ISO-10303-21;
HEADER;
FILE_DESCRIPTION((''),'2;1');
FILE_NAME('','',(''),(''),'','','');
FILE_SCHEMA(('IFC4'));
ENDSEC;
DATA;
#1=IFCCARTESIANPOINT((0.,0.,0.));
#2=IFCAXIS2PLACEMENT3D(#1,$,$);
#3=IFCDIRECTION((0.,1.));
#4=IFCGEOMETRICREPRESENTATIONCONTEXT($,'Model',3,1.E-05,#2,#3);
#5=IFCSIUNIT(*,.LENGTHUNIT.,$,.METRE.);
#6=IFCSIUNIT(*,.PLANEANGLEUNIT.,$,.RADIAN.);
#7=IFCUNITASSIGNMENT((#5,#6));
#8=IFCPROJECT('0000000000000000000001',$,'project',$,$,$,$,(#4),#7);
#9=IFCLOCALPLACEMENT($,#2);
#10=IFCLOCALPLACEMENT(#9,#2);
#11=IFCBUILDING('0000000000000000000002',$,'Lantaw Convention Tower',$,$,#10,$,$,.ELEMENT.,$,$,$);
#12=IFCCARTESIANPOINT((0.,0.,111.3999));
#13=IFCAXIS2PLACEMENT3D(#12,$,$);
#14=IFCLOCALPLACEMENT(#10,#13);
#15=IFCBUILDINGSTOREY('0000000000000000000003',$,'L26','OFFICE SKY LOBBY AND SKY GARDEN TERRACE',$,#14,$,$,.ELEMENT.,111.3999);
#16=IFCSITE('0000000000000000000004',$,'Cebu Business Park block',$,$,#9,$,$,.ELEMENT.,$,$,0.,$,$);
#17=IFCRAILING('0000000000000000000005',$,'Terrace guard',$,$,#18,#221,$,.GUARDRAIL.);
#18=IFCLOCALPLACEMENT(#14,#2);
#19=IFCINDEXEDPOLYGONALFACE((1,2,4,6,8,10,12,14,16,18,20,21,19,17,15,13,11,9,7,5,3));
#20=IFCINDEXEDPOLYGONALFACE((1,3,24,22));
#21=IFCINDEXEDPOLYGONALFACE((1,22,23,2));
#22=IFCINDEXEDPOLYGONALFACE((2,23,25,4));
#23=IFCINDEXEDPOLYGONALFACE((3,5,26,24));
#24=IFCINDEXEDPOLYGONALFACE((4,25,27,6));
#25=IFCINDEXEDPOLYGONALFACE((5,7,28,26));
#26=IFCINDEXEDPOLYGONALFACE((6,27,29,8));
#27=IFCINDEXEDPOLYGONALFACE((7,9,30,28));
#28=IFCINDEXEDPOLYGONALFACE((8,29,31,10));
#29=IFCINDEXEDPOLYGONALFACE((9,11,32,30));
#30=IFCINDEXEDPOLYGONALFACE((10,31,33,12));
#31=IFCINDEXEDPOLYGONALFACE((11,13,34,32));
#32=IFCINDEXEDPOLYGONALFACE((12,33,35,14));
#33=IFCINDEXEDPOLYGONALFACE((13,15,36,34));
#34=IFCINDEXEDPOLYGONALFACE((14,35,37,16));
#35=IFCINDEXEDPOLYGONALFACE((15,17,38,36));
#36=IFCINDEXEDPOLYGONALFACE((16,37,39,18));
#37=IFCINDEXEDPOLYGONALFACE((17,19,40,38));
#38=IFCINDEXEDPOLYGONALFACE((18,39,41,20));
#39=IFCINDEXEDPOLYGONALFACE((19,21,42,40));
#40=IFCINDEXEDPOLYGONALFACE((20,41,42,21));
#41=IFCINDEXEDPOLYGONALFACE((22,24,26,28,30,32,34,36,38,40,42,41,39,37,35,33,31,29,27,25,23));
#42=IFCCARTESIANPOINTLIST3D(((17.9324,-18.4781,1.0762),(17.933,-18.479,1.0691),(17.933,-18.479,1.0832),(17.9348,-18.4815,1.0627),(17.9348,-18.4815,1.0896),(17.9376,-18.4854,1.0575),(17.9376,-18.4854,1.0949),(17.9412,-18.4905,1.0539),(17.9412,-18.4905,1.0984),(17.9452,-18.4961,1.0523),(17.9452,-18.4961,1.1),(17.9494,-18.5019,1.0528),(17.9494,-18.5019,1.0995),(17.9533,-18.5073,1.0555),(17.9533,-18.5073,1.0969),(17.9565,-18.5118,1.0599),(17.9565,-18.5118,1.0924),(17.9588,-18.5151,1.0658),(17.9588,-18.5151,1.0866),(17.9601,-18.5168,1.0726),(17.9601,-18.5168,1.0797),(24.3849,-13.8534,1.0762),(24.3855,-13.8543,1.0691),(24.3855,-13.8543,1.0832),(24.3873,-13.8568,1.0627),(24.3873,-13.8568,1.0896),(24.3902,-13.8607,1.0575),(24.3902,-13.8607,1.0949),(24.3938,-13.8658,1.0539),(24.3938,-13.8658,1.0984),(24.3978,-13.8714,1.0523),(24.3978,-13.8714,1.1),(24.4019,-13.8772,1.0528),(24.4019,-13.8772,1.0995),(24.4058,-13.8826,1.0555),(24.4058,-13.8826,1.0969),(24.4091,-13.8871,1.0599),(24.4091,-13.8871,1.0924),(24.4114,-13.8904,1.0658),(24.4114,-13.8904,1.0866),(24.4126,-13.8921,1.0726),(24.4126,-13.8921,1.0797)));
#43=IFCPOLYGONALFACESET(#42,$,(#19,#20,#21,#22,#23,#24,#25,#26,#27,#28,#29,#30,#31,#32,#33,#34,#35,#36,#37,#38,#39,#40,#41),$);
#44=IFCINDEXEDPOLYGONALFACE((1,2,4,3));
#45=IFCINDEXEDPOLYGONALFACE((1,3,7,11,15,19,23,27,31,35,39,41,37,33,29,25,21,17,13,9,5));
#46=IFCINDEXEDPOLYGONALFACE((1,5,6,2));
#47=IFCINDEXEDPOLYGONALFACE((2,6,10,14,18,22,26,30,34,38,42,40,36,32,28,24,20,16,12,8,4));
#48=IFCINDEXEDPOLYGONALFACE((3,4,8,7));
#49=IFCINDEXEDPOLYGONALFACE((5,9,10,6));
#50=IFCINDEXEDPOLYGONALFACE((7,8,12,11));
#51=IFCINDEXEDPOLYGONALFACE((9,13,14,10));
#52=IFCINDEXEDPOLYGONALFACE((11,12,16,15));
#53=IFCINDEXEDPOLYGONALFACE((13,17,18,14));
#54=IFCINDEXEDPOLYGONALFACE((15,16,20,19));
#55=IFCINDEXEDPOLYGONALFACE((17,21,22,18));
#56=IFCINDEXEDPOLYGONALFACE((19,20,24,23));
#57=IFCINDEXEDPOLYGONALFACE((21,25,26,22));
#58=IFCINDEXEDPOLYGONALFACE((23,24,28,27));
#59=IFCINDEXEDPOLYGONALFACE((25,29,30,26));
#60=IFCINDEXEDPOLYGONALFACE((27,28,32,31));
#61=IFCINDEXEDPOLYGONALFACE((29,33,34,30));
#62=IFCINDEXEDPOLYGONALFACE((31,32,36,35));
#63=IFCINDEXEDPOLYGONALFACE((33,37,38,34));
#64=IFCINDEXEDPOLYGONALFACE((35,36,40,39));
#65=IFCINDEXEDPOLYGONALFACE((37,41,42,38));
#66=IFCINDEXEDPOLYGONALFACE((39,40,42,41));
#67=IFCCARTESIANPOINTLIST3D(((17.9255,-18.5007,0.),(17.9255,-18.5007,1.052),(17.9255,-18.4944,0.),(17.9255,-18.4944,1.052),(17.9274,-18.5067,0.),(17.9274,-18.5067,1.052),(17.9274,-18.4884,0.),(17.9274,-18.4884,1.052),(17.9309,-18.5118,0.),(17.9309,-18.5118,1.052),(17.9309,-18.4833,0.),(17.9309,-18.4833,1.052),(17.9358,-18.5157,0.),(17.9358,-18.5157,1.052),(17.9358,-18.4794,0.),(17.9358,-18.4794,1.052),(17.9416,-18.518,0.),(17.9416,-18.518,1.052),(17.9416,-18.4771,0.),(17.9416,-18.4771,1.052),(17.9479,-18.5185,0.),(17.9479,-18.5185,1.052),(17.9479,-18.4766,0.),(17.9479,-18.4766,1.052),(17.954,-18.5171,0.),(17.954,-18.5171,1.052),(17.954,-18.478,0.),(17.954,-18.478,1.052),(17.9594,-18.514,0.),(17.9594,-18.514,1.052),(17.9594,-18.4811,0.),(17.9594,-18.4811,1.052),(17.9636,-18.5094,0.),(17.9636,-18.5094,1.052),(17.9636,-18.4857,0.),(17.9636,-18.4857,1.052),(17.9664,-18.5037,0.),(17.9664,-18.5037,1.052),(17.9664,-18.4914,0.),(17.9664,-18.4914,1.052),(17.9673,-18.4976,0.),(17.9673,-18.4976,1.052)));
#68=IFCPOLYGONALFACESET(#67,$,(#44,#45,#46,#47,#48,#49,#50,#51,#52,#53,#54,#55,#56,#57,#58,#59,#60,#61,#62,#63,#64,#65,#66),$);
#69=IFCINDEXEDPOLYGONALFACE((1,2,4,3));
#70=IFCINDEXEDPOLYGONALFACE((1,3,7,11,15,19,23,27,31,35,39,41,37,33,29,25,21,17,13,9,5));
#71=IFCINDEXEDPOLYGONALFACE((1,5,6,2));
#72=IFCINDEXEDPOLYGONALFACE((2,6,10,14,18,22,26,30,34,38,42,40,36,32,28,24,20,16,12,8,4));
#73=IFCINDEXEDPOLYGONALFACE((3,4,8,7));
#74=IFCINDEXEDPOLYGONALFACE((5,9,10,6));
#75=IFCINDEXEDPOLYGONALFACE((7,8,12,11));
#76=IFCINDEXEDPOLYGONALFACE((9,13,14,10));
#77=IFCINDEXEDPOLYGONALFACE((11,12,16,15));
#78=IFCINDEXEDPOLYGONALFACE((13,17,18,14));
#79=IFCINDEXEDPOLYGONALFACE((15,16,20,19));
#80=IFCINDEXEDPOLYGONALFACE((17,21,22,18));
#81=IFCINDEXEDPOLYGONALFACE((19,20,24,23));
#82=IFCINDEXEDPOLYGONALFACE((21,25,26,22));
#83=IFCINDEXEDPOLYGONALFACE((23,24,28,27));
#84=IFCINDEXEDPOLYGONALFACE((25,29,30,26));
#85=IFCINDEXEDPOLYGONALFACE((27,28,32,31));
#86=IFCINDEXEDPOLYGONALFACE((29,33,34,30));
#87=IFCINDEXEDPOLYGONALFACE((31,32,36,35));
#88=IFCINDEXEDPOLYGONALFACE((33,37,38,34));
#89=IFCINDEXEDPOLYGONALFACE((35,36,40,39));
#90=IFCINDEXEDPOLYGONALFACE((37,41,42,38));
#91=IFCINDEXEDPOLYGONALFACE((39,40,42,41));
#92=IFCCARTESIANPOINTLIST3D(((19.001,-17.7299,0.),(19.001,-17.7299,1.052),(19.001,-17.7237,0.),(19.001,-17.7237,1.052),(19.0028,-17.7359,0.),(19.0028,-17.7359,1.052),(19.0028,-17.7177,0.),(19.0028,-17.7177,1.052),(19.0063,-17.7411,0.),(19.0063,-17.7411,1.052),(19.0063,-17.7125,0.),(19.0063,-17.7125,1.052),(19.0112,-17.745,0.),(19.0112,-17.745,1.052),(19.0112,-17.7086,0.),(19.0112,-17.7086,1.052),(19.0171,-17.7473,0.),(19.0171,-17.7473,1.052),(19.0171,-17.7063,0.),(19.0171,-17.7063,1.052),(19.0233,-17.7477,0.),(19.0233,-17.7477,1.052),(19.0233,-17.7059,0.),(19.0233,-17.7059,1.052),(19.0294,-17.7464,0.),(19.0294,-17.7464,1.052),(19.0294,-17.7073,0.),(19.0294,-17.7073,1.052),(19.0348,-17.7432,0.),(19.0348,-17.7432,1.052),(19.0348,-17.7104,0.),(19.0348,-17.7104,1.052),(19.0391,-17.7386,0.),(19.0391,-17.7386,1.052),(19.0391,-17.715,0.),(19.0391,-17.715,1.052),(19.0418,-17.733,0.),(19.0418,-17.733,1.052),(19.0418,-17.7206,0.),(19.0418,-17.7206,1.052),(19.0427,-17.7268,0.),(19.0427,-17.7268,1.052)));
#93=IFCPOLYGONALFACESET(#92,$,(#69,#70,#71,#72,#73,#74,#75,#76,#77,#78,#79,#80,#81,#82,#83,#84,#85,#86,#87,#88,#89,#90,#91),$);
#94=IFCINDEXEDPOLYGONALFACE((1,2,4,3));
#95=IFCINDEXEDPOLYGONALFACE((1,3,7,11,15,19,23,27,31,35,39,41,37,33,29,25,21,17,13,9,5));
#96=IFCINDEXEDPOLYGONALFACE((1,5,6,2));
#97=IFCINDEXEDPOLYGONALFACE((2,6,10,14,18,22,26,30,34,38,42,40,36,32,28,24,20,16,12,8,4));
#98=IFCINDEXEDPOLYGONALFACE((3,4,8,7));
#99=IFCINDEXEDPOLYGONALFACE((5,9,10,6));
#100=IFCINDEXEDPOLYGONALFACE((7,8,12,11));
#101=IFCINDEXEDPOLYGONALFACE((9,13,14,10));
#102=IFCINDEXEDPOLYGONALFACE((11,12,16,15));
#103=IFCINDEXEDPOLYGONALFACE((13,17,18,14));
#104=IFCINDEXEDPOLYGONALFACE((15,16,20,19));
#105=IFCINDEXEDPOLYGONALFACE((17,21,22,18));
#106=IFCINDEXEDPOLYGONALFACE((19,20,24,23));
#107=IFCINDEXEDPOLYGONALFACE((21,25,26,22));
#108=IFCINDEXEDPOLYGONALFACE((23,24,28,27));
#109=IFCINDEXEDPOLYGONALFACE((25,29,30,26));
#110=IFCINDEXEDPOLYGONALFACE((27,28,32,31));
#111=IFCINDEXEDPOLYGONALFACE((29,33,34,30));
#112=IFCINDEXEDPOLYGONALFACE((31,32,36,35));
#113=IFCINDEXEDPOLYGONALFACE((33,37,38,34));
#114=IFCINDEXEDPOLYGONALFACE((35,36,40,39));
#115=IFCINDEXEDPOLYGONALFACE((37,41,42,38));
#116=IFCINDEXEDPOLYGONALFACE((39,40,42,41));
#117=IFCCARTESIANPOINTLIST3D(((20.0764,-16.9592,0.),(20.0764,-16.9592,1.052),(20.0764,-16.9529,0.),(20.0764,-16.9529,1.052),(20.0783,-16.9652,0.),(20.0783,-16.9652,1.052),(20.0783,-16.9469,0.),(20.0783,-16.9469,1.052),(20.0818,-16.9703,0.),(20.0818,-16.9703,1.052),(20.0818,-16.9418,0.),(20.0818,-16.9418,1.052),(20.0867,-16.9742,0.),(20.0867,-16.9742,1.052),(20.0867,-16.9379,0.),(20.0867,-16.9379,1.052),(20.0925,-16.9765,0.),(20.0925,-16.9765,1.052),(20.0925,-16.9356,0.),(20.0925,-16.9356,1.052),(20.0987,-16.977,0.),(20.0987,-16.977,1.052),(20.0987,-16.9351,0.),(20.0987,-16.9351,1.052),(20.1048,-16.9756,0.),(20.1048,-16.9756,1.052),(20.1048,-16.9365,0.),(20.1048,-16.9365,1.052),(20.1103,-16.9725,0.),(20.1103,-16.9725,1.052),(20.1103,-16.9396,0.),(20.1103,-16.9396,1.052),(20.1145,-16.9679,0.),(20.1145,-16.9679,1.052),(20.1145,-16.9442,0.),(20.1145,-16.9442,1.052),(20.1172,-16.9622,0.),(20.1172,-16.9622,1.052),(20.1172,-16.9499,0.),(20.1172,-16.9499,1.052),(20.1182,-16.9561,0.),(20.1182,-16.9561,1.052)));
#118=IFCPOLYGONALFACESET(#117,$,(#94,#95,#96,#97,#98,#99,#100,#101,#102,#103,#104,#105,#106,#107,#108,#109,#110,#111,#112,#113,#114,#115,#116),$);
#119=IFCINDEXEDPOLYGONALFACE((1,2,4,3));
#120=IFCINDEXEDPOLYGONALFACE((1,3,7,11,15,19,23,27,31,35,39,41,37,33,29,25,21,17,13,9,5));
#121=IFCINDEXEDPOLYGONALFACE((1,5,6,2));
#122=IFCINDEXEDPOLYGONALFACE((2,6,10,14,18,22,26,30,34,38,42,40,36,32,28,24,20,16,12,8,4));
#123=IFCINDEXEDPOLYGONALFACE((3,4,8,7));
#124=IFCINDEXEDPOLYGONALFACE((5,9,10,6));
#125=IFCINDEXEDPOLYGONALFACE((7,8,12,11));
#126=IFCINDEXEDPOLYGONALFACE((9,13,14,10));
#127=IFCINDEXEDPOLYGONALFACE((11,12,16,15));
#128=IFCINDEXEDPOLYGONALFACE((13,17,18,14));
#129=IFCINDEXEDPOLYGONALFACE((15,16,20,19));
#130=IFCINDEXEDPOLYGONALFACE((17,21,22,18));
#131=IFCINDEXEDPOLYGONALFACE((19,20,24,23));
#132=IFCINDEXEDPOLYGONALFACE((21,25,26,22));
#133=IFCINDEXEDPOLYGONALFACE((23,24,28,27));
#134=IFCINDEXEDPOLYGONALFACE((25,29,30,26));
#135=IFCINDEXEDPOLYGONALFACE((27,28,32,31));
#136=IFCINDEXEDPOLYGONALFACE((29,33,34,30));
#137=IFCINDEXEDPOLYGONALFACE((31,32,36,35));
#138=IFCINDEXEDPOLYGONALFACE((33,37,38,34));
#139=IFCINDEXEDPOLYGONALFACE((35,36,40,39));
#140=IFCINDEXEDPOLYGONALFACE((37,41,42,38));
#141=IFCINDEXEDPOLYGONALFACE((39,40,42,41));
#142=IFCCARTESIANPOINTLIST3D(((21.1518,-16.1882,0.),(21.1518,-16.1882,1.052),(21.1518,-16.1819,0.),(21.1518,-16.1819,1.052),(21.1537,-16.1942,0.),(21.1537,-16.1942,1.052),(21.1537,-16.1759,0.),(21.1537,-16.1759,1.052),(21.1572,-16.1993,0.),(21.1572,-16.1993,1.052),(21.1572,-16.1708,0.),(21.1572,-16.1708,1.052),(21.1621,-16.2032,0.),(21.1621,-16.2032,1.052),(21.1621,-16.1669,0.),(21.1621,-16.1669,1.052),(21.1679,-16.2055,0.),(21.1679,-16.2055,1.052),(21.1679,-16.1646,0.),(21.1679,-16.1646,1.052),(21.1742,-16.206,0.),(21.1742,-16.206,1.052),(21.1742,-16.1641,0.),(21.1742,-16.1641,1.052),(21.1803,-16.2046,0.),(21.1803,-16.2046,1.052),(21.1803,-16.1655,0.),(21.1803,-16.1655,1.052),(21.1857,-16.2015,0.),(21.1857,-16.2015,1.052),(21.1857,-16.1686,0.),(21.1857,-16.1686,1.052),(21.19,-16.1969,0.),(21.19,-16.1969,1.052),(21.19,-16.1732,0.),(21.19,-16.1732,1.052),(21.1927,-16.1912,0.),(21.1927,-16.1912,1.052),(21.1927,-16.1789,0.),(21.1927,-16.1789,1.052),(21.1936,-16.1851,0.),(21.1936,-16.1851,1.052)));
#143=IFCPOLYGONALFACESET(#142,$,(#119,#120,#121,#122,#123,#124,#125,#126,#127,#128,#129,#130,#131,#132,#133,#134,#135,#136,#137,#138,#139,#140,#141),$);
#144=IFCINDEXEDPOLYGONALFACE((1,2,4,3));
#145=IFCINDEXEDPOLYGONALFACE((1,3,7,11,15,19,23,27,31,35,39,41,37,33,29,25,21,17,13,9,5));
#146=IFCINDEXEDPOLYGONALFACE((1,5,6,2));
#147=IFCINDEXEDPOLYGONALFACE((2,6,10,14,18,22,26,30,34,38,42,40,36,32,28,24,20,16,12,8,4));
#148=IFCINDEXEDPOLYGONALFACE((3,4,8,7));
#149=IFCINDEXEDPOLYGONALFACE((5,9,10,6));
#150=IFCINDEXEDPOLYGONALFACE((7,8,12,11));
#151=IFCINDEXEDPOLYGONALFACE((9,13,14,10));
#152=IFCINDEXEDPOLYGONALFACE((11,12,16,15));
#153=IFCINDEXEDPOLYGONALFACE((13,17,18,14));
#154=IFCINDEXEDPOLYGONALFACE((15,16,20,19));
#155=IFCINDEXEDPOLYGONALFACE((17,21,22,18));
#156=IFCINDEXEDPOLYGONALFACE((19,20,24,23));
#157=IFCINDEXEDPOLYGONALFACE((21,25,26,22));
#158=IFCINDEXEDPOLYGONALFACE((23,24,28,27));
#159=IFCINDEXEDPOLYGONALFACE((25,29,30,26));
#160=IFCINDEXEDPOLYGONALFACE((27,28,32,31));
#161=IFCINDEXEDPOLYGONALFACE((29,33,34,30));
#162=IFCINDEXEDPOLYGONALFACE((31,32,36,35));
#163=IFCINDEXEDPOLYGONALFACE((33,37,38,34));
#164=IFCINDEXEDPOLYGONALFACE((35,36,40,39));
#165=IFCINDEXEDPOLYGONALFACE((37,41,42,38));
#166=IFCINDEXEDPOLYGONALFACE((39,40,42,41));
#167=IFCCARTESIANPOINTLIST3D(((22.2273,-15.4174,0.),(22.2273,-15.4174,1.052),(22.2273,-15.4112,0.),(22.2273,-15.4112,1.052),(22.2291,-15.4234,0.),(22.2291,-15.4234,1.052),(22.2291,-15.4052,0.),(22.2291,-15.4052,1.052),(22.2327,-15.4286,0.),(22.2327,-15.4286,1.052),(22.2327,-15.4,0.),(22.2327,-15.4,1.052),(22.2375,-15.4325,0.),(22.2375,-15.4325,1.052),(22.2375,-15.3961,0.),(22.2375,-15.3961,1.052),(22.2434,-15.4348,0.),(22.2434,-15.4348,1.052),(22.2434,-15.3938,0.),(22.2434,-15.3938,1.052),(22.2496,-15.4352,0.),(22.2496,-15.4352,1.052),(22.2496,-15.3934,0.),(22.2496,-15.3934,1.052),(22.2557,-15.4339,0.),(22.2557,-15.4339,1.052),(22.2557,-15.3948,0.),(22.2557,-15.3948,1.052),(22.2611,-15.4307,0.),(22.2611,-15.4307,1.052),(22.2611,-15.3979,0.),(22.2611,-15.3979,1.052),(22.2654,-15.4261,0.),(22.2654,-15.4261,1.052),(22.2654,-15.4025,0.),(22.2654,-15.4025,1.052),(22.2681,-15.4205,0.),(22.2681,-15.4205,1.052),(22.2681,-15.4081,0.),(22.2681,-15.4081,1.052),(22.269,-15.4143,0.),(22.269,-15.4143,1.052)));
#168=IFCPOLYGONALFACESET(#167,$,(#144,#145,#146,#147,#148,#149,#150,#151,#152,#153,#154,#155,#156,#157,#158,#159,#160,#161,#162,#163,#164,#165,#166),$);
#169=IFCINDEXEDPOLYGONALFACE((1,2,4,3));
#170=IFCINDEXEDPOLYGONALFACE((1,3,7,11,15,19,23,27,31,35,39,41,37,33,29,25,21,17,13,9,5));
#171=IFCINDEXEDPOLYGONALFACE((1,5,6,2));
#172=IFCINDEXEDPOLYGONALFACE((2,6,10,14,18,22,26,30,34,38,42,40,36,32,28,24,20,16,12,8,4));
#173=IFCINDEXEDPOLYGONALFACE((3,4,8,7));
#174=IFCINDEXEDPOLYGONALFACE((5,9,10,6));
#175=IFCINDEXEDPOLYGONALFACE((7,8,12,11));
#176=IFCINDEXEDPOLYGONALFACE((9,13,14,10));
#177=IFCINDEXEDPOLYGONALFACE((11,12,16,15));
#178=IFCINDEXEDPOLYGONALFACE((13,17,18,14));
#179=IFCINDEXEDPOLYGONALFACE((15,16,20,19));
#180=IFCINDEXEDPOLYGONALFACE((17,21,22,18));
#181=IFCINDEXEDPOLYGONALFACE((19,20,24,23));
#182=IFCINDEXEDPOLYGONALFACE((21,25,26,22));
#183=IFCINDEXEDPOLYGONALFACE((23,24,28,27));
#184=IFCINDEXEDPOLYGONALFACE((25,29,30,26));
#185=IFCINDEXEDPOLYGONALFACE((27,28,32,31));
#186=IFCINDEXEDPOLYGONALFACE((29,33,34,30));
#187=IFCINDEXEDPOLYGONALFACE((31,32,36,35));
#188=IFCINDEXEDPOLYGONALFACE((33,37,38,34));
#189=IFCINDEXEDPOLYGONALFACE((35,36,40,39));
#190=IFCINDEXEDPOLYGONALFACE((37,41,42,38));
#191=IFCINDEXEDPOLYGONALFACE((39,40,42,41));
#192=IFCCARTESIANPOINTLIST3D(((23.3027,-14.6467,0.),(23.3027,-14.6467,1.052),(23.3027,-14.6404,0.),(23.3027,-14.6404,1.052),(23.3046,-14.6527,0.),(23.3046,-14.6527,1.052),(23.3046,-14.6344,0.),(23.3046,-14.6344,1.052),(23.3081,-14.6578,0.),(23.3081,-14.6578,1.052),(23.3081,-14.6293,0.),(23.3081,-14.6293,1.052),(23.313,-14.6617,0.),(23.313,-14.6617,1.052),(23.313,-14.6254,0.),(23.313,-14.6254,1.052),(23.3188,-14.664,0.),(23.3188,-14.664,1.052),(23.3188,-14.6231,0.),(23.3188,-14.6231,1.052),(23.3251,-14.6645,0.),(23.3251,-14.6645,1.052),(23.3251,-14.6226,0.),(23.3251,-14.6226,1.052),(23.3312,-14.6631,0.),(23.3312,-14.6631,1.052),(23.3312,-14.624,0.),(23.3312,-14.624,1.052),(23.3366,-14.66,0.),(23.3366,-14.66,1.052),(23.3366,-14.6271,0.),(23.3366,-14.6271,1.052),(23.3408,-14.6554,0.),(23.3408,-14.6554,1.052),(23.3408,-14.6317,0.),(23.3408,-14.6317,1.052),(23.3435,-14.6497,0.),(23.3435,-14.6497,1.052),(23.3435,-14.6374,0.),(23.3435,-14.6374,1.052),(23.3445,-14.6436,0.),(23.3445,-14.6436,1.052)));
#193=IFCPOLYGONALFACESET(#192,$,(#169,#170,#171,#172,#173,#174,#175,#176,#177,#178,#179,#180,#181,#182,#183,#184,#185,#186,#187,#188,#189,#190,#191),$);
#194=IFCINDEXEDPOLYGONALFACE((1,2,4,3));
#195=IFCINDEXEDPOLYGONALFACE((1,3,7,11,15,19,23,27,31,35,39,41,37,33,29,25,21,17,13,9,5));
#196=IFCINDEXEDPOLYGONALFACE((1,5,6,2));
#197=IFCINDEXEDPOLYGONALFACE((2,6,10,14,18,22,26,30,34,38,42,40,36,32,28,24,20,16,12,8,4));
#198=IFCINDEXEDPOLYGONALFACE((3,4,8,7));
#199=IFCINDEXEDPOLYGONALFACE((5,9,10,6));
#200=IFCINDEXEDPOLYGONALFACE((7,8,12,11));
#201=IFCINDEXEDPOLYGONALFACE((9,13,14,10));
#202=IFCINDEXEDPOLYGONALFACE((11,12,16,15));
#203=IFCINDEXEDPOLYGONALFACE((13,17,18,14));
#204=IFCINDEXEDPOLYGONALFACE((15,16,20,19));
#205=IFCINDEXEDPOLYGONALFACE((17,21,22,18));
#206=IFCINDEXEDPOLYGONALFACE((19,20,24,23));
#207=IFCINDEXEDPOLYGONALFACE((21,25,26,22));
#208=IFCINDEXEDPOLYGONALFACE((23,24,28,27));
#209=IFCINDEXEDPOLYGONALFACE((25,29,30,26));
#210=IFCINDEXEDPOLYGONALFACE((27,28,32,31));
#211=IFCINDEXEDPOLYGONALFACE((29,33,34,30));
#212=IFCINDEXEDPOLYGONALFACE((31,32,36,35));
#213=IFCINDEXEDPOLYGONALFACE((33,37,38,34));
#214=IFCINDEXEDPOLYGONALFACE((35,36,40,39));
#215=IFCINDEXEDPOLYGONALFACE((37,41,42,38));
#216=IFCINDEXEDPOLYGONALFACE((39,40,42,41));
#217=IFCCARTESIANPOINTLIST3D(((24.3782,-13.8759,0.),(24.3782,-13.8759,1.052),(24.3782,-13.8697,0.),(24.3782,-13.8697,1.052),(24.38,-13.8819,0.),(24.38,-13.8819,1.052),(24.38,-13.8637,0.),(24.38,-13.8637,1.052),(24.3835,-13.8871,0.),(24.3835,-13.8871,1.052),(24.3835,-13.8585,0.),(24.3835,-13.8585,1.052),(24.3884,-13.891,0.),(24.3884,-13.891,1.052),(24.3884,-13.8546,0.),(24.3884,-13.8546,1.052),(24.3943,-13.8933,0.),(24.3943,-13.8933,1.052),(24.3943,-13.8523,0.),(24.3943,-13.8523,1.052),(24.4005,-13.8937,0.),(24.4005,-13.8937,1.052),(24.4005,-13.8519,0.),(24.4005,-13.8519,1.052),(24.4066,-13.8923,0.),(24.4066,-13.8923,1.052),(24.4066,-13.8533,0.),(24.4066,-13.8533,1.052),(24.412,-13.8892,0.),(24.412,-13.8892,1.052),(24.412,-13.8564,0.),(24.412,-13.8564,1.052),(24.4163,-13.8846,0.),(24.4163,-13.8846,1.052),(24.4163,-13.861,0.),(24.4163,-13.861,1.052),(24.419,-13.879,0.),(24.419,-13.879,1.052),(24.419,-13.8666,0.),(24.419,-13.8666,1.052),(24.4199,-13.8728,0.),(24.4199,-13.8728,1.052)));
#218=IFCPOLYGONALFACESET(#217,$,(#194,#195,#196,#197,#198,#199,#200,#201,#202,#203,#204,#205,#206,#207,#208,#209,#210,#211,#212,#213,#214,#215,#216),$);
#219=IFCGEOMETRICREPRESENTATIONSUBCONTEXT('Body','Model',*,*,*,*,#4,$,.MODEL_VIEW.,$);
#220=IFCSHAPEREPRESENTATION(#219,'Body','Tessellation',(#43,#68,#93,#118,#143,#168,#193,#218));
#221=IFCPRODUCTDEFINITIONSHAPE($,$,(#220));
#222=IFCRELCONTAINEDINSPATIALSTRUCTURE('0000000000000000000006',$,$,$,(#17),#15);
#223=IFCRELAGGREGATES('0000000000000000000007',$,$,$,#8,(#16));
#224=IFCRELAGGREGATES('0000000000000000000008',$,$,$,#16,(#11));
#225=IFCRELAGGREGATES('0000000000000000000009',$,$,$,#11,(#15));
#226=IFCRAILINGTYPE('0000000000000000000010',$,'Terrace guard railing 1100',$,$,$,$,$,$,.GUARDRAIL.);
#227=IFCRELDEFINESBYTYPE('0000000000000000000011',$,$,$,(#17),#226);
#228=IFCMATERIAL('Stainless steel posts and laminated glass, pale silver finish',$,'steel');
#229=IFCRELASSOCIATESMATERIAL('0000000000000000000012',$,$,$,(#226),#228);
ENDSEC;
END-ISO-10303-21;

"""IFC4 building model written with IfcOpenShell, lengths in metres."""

from ifc_helpers import new_model, si_unit, direction, frame, origin, origin_2d, place, context, subcontext, project, spatial, circle, extrude, material, type_object, element, save


model = new_model("IFC4")

# Units and contexts
model_context = context("Model", 3, precision=1e-05, world=origin(), true_north=direction((0.0, 1.0)))
body_context = subcontext(model_context, "Body", "Model", "MODEL_VIEW")
ifc_project = project(units=[si_unit("LENGTHUNIT", "METRE"), si_unit("PLANEANGLEUNIT", "RADIAN")], contexts=[model_context])

# Site, building, storey
site_placement = place(None, origin())
site = spatial("IfcSite", under=ifc_project, at=site_placement, Name="Cebu Business Park block", CompositionType="ELEMENT", RefElevation=0.0)
building_placement = place(site_placement, origin())
building = spatial("IfcBuilding", under=site, at=building_placement, Name="Lantaw Convention Tower", CompositionType="ELEMENT")
storey_placement = place(building_placement, frame((0.0, 0.0, 111.3999)))
storey = spatial("IfcBuildingStorey", under=building, at=storey_placement, Name="L26", Description="OFFICE SKY LOBBY AND SKY GARDEN TERRACE", CompositionType="ELEMENT", Elevation=111.3999)

# Railing
ifc_material_1 = material(Name="Stainless steel posts and laminated glass, pale silver finish", Category="steel")
railing_type = type_object("IfcRailingType", Name="Terrace guard railing 1100", PredefinedType="GUARDRAIL", material=ifc_material_1)
railing_1_placement = place(storey_placement, frame((17.9463, -18.4976, 0.0)))
element("IfcRailing", 1, at=railing_1_placement, inside=storey, type_object=railing_type, Name="Terrace guard", PredefinedType="GUARDRAIL", context=body_context, shape_type="SweptSolid", body=[
    extrude(circle(Radius=0.0239, at=origin_2d()), frame((0.0, 0.0, 1.0762), z_axis=(0.812795, 0.582549, 0.0), x_axis=(-0.582549, 0.812795, 0.0)), (0.0, 0.0, 1.0), 7.9387),
    extrude(circle(Radius=0.021, at=origin_2d()), origin(), (0.0, 0.0, 1.0), 1.052),
    extrude(circle(Radius=0.021, at=origin_2d()), frame((1.0754, 0.7708, 0.0)), (0.0, 0.0, 1.0), 1.052),
    extrude(circle(Radius=0.021, at=origin_2d()), frame((2.1509, 1.5415, 0.0)), (0.0, 0.0, 1.0), 1.052),
    extrude(circle(Radius=0.021, at=origin_2d()), frame((3.2263, 2.3125, 0.0)), (0.0, 0.0, 1.0), 1.052),
    extrude(circle(Radius=0.021, at=origin_2d()), frame((4.3018, 3.0833, 0.0)), (0.0, 0.0, 1.0), 1.052),
    extrude(circle(Radius=0.021, at=origin_2d()), frame((5.3772, 3.854, 0.0)), (0.0, 0.0, 1.0), 1.052),
    extrude(circle(Radius=0.021, at=origin_2d()), frame((6.4526, 4.6248, 0.0)), (0.0, 0.0, 1.0), 1.052),
])

save(model, "model.ifc")
